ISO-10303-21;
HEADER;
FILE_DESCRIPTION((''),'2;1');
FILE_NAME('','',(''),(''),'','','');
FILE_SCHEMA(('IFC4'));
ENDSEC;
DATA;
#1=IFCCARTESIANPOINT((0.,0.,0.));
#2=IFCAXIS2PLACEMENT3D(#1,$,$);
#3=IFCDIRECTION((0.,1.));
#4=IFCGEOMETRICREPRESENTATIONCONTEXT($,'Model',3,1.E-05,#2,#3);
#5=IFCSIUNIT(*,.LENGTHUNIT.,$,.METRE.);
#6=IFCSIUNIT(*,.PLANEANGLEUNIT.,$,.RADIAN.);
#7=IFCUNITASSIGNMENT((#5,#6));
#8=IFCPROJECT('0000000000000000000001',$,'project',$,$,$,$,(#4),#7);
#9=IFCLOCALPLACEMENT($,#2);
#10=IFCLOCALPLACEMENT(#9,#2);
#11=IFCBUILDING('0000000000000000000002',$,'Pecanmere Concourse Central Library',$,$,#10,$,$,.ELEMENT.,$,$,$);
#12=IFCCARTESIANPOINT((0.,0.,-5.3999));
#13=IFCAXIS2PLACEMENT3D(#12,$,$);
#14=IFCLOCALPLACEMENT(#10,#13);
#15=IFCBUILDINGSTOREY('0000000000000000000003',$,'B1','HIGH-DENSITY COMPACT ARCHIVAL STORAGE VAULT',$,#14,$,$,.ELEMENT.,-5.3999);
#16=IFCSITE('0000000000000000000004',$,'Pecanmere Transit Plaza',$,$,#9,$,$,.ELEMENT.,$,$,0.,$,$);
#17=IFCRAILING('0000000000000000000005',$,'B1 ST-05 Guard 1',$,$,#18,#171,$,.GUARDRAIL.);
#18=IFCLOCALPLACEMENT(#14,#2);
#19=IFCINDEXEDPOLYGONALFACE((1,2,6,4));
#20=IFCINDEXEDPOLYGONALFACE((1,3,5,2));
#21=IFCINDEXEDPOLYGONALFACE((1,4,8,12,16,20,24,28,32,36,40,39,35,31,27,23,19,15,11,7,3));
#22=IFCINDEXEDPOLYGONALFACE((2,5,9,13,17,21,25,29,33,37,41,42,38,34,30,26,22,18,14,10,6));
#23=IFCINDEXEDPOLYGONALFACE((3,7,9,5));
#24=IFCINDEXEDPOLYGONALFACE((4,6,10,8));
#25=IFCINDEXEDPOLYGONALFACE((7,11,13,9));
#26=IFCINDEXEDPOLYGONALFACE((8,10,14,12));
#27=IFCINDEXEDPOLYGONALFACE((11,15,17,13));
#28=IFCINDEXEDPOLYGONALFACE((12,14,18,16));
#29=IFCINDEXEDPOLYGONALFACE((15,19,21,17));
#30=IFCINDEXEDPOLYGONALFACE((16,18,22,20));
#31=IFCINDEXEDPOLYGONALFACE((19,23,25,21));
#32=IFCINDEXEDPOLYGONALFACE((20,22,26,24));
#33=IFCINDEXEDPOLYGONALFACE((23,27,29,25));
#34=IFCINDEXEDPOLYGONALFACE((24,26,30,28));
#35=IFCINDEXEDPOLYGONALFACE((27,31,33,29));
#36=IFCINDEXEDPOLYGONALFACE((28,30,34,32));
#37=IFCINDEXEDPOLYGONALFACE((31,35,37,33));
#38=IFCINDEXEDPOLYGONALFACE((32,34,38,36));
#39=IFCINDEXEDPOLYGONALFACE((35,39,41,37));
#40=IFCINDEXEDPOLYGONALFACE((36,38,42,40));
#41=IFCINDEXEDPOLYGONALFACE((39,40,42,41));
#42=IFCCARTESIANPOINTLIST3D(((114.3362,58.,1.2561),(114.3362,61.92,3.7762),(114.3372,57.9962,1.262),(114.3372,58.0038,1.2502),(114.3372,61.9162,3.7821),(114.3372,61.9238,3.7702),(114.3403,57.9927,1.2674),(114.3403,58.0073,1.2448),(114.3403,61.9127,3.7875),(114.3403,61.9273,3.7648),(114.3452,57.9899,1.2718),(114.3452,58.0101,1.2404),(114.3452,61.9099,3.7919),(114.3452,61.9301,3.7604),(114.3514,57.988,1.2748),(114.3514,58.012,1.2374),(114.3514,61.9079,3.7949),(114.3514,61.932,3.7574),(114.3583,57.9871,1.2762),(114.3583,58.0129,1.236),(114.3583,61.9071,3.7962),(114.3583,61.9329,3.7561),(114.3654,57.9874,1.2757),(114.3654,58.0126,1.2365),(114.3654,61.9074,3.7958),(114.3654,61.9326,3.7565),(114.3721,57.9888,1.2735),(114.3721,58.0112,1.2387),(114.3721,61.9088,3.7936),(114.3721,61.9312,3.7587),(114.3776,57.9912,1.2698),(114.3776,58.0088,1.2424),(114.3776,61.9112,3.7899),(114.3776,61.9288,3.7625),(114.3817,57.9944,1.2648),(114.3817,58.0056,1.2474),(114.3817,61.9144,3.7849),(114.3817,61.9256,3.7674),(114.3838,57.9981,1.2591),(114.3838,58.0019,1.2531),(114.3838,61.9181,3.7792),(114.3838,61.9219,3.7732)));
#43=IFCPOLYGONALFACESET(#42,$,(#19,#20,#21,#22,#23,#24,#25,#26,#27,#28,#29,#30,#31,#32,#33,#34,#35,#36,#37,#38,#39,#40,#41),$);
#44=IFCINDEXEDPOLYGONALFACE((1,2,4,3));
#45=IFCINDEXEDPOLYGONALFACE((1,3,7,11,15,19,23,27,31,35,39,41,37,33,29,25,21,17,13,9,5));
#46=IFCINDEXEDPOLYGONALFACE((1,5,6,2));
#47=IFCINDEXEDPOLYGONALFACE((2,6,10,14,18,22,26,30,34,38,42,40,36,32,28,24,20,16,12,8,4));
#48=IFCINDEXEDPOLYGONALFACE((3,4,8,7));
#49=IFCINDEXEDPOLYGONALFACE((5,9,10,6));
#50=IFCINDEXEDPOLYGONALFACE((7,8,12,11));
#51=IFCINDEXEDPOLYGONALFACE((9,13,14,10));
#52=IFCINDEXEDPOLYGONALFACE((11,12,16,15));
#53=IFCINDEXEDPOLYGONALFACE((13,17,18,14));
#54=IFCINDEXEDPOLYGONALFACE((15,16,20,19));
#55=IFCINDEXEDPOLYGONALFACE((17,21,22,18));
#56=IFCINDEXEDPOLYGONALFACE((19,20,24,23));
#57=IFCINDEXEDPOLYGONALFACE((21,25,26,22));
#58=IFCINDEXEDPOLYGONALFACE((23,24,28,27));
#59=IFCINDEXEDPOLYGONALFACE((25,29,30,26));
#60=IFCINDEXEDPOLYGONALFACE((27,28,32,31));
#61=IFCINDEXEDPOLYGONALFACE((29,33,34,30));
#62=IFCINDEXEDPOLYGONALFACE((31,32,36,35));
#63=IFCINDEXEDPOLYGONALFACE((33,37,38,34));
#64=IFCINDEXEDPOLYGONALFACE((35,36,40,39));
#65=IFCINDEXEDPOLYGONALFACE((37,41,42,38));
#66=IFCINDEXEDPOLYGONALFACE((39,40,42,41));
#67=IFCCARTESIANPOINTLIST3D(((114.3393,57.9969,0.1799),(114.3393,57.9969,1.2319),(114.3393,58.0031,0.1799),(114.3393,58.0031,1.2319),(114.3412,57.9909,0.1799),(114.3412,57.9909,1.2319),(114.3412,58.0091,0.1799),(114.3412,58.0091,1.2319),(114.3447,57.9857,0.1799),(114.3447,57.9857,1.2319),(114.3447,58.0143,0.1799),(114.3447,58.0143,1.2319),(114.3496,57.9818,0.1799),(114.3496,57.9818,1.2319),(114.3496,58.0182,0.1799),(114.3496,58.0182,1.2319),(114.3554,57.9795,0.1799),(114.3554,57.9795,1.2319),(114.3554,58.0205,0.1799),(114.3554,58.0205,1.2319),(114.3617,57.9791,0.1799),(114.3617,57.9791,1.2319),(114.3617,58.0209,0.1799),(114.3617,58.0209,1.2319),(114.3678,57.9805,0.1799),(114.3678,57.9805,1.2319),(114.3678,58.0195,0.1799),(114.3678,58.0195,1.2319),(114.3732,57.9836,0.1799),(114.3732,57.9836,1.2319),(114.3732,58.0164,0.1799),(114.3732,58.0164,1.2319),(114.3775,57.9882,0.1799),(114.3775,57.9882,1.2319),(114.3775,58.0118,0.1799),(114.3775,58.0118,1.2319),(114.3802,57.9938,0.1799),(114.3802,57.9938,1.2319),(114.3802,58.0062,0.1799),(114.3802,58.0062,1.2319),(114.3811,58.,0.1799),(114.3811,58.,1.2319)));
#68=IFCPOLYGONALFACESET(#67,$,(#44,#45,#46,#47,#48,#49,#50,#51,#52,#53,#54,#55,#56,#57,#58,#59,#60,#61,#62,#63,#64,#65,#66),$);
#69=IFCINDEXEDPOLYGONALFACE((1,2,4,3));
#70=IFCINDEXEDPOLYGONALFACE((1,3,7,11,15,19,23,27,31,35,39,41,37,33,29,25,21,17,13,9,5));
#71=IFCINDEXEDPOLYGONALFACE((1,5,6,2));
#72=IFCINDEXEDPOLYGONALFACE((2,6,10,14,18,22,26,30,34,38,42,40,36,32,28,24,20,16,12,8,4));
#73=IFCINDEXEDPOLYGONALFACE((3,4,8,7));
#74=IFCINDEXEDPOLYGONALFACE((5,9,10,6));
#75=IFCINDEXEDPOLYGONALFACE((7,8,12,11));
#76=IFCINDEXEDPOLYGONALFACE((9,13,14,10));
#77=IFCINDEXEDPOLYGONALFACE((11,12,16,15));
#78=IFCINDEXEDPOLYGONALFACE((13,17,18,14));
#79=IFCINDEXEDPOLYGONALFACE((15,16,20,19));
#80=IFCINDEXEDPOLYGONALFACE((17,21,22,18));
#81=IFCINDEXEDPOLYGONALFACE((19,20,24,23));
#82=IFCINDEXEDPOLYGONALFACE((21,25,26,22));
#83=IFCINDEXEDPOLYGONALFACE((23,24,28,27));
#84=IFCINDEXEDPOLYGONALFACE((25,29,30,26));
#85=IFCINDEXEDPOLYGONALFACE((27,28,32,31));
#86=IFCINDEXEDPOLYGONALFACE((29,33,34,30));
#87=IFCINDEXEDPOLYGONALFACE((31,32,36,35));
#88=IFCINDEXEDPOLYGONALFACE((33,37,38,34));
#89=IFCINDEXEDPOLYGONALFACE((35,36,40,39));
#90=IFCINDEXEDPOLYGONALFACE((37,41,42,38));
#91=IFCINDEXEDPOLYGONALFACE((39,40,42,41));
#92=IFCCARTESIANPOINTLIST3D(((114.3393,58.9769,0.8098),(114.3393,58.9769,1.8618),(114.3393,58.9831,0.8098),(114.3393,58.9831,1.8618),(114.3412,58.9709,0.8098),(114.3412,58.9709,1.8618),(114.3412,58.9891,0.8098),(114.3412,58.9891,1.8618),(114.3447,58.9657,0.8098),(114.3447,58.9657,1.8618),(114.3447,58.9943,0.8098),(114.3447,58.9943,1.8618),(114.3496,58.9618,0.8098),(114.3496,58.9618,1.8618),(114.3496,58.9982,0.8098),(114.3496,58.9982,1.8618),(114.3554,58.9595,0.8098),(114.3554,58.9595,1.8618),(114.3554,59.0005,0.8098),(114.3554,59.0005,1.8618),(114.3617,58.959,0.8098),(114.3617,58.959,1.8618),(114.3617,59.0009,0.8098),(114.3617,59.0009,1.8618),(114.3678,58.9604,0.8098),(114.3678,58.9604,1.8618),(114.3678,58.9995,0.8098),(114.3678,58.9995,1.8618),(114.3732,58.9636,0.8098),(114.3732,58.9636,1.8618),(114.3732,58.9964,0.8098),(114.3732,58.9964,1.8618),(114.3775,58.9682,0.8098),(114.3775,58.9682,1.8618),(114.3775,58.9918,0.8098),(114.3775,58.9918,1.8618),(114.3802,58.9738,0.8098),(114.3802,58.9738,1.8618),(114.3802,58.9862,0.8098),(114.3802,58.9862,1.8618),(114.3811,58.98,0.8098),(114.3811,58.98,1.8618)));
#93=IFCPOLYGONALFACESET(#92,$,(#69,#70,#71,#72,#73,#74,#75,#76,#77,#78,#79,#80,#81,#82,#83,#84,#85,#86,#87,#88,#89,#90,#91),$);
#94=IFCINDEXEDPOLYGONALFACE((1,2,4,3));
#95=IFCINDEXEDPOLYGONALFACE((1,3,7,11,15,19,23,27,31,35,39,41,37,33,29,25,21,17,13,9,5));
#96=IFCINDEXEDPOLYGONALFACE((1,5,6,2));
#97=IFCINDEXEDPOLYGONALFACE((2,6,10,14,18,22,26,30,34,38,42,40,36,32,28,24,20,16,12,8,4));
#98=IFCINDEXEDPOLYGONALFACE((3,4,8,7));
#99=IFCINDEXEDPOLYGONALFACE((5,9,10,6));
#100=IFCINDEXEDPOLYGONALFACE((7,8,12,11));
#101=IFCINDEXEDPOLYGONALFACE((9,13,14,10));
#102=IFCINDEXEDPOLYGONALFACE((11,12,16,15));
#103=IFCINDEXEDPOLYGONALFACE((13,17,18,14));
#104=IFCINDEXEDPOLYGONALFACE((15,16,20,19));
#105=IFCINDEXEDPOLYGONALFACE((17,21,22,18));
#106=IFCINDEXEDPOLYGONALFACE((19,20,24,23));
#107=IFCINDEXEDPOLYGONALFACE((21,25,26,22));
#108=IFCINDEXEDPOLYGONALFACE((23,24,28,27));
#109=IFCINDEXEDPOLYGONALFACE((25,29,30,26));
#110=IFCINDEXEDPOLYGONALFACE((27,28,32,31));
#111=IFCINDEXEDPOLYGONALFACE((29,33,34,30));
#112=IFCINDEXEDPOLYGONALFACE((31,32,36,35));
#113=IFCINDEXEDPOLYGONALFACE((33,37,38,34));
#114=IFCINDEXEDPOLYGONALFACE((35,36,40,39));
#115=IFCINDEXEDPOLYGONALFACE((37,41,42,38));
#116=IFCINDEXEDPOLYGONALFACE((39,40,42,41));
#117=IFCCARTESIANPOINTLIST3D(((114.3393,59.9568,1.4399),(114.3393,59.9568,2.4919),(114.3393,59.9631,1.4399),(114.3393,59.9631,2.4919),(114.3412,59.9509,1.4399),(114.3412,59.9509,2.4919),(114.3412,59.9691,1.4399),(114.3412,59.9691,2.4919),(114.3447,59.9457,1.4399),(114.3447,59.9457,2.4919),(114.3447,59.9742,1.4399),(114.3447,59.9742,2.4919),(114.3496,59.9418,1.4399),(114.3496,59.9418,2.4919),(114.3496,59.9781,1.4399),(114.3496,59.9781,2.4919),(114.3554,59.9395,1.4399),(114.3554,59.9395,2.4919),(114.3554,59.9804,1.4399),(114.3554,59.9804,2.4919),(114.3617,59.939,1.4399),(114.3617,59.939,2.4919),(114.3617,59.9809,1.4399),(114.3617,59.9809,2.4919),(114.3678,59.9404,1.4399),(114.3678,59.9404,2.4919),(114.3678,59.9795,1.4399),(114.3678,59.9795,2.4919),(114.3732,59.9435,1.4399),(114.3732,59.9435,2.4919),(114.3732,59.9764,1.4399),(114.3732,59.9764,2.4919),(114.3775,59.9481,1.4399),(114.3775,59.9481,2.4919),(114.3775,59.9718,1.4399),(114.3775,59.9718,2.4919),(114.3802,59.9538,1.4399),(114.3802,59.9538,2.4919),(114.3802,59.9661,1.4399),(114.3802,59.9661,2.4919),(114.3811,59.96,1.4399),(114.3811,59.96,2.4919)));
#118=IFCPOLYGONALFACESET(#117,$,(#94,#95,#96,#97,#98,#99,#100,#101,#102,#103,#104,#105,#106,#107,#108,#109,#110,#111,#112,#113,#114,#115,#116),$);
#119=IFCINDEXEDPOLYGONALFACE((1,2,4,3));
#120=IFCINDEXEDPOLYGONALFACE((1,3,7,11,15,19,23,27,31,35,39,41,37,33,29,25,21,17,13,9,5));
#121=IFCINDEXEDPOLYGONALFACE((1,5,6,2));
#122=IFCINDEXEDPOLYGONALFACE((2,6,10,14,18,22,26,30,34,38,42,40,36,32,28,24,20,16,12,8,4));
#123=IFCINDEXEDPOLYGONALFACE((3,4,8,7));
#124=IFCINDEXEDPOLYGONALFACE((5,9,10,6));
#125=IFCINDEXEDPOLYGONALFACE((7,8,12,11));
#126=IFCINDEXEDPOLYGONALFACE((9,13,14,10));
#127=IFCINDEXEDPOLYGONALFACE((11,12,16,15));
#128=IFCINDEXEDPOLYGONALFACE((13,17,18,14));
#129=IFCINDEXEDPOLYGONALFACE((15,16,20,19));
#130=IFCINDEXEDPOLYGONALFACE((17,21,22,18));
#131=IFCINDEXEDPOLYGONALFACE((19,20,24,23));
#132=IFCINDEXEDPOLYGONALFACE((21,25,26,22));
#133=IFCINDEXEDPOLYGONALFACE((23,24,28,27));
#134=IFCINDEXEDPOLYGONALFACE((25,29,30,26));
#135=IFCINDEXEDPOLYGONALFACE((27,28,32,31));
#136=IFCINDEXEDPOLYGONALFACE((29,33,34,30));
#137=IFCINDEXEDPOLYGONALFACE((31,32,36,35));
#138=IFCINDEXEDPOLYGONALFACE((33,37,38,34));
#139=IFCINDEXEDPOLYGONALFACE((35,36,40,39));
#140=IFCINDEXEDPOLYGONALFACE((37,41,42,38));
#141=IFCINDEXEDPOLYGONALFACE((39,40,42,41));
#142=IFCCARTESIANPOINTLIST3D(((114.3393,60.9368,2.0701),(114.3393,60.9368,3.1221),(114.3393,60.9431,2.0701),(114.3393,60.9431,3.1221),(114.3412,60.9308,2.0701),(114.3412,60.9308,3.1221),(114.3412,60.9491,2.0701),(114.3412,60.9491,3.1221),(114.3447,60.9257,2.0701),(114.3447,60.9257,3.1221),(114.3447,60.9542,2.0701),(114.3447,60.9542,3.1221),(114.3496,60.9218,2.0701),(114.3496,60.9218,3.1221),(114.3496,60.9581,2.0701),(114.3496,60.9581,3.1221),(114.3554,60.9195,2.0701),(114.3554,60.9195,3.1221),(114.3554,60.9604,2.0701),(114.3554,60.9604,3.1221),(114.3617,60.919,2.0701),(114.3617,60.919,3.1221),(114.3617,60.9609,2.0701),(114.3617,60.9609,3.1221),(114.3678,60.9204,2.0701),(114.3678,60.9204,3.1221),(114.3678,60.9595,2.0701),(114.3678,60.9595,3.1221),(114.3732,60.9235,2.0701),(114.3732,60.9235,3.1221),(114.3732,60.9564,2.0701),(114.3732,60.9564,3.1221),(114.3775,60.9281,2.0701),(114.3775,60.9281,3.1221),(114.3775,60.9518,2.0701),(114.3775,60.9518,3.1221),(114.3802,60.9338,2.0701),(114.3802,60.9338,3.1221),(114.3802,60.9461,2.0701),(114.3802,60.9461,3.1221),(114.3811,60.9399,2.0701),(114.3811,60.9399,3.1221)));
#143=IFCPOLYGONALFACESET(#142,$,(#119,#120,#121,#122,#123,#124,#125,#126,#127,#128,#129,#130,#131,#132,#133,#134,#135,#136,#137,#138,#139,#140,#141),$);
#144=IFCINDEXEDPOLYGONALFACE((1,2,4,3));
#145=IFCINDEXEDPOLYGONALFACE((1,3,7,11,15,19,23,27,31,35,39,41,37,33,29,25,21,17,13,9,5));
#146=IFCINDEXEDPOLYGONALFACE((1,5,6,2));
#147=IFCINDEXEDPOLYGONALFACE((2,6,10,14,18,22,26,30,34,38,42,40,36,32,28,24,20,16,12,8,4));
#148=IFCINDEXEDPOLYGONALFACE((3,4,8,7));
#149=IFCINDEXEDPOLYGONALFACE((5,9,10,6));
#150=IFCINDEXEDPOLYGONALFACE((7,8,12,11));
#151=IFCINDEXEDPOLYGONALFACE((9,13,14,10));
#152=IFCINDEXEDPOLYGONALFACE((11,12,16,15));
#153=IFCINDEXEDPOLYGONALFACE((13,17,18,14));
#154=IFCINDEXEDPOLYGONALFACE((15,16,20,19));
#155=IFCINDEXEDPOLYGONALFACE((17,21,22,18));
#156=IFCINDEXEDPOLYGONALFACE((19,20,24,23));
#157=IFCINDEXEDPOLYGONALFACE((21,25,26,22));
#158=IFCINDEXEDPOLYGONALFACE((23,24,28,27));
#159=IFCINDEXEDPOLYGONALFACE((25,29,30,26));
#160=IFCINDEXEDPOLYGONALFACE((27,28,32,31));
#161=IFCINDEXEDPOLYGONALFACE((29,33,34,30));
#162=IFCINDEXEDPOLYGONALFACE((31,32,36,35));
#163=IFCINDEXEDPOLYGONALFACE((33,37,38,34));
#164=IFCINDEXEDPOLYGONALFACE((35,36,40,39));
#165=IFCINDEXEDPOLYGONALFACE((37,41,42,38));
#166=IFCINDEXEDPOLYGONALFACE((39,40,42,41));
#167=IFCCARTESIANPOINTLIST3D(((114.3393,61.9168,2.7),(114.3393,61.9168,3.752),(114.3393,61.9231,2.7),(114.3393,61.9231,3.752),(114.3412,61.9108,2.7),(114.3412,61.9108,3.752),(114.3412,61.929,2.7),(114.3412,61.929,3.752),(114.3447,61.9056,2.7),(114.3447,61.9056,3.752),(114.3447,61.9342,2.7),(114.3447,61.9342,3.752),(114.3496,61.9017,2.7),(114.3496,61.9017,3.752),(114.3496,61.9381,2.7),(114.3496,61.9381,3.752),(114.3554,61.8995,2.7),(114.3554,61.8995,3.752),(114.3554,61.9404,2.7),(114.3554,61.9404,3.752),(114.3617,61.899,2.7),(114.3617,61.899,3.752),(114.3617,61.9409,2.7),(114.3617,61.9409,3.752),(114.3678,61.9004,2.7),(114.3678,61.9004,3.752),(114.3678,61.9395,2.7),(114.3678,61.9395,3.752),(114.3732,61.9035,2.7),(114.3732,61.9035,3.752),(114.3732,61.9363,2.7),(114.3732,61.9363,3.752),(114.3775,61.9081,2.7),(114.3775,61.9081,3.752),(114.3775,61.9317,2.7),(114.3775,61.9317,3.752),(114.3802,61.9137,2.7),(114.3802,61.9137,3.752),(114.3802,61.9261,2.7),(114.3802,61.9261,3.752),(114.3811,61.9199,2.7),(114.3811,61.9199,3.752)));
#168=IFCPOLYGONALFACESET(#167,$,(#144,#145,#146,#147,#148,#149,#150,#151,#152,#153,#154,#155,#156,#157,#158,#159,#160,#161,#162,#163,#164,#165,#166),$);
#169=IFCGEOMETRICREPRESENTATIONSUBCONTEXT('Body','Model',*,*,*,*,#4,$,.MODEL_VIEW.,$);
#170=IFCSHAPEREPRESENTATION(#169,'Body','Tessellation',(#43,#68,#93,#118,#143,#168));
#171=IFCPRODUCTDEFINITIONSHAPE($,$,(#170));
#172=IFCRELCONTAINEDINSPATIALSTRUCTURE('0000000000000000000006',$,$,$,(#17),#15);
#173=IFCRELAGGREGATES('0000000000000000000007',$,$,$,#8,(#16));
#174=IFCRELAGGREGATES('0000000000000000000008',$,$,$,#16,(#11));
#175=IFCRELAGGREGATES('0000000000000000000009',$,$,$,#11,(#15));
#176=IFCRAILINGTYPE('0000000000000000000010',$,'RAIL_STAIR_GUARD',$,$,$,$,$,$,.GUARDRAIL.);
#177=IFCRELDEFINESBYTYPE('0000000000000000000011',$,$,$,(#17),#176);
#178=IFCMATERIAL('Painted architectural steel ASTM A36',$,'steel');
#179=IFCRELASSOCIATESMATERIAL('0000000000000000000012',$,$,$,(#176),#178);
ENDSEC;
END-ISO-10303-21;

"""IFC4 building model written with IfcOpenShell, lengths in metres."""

from ifc_helpers import new_model, si_unit, direction, frame, origin, origin_2d, place, context, subcontext, project, spatial, circle, extrude, material, type_object, element, save


model = new_model("IFC4")

# Units and contexts
model_context = context("Model", 3, precision=1e-05, world=origin(), true_north=direction((0.0, 1.0)))
body_context = subcontext(model_context, "Body", "Model", "MODEL_VIEW")
ifc_project = project(units=[si_unit("LENGTHUNIT", "METRE"), si_unit("PLANEANGLEUNIT", "RADIAN")], contexts=[model_context])

# Site, building, storey
site_placement = place(None, origin())
site = spatial("IfcSite", under=ifc_project, at=site_placement, Name="Pecanmere Transit Plaza", CompositionType="ELEMENT", RefElevation=0.0)
building_placement = place(site_placement, origin())
building = spatial("IfcBuilding", under=site, at=building_placement, Name="Pecanmere Concourse Central Library", CompositionType="ELEMENT")
storey_placement = place(building_placement, frame((0.0, 0.0, -5.3999)))
storey = spatial("IfcBuildingStorey", under=building, at=storey_placement, Name="B1", Description="HIGH-DENSITY COMPACT ARCHIVAL STORAGE VAULT", CompositionType="ELEMENT", Elevation=-5.3999)

# Railing
ifc_material_1 = material(Name="Painted architectural steel ASTM A36", Category="steel")
railing_type_1 = type_object("IfcRailingType", Name="RAIL_STAIR_GUARD", PredefinedType="GUARDRAIL", material=ifc_material_1)
railing_1_placement = place(storey_placement, frame((114.3601, 58.0, 0.1799)))
element("IfcRailing", 1, at=railing_1_placement, inside=storey, type_object=railing_type_1, Name="B1 ST-05 Guard 1", PredefinedType="GUARDRAIL", context=body_context, shape_type="SweptSolid", body=[
    extrude(circle(Radius=0.0239, at=origin_2d()), frame((0.0, 0.0, 1.0762), z_axis=(0.0, 0.841172, 0.540768), x_axis=(-1.0, 0.0, 0.0)), (0.0, 0.0, 1.0), 4.6602),
    extrude(circle(Radius=0.021, at=origin_2d()), origin(), (0.0, 0.0, 1.0), 1.052),
    extrude(circle(Radius=0.021, at=origin_2d()), frame((0.0, 0.98, 0.6299)), (0.0, 0.0, 1.0), 1.052),
    extrude(circle(Radius=0.021, at=origin_2d()), frame((0.0, 1.96, 1.26)), (0.0, 0.0, 1.0), 1.052),
    extrude(circle(Radius=0.021, at=origin_2d()), frame((0.0, 2.9399, 1.8901)), (0.0, 0.0, 1.0), 1.052),
    extrude(circle(Radius=0.021, at=origin_2d()), frame((0.0, 3.9199, 2.52)), (0.0, 0.0, 1.0), 1.052),
])

save(model, "model.ifc")
